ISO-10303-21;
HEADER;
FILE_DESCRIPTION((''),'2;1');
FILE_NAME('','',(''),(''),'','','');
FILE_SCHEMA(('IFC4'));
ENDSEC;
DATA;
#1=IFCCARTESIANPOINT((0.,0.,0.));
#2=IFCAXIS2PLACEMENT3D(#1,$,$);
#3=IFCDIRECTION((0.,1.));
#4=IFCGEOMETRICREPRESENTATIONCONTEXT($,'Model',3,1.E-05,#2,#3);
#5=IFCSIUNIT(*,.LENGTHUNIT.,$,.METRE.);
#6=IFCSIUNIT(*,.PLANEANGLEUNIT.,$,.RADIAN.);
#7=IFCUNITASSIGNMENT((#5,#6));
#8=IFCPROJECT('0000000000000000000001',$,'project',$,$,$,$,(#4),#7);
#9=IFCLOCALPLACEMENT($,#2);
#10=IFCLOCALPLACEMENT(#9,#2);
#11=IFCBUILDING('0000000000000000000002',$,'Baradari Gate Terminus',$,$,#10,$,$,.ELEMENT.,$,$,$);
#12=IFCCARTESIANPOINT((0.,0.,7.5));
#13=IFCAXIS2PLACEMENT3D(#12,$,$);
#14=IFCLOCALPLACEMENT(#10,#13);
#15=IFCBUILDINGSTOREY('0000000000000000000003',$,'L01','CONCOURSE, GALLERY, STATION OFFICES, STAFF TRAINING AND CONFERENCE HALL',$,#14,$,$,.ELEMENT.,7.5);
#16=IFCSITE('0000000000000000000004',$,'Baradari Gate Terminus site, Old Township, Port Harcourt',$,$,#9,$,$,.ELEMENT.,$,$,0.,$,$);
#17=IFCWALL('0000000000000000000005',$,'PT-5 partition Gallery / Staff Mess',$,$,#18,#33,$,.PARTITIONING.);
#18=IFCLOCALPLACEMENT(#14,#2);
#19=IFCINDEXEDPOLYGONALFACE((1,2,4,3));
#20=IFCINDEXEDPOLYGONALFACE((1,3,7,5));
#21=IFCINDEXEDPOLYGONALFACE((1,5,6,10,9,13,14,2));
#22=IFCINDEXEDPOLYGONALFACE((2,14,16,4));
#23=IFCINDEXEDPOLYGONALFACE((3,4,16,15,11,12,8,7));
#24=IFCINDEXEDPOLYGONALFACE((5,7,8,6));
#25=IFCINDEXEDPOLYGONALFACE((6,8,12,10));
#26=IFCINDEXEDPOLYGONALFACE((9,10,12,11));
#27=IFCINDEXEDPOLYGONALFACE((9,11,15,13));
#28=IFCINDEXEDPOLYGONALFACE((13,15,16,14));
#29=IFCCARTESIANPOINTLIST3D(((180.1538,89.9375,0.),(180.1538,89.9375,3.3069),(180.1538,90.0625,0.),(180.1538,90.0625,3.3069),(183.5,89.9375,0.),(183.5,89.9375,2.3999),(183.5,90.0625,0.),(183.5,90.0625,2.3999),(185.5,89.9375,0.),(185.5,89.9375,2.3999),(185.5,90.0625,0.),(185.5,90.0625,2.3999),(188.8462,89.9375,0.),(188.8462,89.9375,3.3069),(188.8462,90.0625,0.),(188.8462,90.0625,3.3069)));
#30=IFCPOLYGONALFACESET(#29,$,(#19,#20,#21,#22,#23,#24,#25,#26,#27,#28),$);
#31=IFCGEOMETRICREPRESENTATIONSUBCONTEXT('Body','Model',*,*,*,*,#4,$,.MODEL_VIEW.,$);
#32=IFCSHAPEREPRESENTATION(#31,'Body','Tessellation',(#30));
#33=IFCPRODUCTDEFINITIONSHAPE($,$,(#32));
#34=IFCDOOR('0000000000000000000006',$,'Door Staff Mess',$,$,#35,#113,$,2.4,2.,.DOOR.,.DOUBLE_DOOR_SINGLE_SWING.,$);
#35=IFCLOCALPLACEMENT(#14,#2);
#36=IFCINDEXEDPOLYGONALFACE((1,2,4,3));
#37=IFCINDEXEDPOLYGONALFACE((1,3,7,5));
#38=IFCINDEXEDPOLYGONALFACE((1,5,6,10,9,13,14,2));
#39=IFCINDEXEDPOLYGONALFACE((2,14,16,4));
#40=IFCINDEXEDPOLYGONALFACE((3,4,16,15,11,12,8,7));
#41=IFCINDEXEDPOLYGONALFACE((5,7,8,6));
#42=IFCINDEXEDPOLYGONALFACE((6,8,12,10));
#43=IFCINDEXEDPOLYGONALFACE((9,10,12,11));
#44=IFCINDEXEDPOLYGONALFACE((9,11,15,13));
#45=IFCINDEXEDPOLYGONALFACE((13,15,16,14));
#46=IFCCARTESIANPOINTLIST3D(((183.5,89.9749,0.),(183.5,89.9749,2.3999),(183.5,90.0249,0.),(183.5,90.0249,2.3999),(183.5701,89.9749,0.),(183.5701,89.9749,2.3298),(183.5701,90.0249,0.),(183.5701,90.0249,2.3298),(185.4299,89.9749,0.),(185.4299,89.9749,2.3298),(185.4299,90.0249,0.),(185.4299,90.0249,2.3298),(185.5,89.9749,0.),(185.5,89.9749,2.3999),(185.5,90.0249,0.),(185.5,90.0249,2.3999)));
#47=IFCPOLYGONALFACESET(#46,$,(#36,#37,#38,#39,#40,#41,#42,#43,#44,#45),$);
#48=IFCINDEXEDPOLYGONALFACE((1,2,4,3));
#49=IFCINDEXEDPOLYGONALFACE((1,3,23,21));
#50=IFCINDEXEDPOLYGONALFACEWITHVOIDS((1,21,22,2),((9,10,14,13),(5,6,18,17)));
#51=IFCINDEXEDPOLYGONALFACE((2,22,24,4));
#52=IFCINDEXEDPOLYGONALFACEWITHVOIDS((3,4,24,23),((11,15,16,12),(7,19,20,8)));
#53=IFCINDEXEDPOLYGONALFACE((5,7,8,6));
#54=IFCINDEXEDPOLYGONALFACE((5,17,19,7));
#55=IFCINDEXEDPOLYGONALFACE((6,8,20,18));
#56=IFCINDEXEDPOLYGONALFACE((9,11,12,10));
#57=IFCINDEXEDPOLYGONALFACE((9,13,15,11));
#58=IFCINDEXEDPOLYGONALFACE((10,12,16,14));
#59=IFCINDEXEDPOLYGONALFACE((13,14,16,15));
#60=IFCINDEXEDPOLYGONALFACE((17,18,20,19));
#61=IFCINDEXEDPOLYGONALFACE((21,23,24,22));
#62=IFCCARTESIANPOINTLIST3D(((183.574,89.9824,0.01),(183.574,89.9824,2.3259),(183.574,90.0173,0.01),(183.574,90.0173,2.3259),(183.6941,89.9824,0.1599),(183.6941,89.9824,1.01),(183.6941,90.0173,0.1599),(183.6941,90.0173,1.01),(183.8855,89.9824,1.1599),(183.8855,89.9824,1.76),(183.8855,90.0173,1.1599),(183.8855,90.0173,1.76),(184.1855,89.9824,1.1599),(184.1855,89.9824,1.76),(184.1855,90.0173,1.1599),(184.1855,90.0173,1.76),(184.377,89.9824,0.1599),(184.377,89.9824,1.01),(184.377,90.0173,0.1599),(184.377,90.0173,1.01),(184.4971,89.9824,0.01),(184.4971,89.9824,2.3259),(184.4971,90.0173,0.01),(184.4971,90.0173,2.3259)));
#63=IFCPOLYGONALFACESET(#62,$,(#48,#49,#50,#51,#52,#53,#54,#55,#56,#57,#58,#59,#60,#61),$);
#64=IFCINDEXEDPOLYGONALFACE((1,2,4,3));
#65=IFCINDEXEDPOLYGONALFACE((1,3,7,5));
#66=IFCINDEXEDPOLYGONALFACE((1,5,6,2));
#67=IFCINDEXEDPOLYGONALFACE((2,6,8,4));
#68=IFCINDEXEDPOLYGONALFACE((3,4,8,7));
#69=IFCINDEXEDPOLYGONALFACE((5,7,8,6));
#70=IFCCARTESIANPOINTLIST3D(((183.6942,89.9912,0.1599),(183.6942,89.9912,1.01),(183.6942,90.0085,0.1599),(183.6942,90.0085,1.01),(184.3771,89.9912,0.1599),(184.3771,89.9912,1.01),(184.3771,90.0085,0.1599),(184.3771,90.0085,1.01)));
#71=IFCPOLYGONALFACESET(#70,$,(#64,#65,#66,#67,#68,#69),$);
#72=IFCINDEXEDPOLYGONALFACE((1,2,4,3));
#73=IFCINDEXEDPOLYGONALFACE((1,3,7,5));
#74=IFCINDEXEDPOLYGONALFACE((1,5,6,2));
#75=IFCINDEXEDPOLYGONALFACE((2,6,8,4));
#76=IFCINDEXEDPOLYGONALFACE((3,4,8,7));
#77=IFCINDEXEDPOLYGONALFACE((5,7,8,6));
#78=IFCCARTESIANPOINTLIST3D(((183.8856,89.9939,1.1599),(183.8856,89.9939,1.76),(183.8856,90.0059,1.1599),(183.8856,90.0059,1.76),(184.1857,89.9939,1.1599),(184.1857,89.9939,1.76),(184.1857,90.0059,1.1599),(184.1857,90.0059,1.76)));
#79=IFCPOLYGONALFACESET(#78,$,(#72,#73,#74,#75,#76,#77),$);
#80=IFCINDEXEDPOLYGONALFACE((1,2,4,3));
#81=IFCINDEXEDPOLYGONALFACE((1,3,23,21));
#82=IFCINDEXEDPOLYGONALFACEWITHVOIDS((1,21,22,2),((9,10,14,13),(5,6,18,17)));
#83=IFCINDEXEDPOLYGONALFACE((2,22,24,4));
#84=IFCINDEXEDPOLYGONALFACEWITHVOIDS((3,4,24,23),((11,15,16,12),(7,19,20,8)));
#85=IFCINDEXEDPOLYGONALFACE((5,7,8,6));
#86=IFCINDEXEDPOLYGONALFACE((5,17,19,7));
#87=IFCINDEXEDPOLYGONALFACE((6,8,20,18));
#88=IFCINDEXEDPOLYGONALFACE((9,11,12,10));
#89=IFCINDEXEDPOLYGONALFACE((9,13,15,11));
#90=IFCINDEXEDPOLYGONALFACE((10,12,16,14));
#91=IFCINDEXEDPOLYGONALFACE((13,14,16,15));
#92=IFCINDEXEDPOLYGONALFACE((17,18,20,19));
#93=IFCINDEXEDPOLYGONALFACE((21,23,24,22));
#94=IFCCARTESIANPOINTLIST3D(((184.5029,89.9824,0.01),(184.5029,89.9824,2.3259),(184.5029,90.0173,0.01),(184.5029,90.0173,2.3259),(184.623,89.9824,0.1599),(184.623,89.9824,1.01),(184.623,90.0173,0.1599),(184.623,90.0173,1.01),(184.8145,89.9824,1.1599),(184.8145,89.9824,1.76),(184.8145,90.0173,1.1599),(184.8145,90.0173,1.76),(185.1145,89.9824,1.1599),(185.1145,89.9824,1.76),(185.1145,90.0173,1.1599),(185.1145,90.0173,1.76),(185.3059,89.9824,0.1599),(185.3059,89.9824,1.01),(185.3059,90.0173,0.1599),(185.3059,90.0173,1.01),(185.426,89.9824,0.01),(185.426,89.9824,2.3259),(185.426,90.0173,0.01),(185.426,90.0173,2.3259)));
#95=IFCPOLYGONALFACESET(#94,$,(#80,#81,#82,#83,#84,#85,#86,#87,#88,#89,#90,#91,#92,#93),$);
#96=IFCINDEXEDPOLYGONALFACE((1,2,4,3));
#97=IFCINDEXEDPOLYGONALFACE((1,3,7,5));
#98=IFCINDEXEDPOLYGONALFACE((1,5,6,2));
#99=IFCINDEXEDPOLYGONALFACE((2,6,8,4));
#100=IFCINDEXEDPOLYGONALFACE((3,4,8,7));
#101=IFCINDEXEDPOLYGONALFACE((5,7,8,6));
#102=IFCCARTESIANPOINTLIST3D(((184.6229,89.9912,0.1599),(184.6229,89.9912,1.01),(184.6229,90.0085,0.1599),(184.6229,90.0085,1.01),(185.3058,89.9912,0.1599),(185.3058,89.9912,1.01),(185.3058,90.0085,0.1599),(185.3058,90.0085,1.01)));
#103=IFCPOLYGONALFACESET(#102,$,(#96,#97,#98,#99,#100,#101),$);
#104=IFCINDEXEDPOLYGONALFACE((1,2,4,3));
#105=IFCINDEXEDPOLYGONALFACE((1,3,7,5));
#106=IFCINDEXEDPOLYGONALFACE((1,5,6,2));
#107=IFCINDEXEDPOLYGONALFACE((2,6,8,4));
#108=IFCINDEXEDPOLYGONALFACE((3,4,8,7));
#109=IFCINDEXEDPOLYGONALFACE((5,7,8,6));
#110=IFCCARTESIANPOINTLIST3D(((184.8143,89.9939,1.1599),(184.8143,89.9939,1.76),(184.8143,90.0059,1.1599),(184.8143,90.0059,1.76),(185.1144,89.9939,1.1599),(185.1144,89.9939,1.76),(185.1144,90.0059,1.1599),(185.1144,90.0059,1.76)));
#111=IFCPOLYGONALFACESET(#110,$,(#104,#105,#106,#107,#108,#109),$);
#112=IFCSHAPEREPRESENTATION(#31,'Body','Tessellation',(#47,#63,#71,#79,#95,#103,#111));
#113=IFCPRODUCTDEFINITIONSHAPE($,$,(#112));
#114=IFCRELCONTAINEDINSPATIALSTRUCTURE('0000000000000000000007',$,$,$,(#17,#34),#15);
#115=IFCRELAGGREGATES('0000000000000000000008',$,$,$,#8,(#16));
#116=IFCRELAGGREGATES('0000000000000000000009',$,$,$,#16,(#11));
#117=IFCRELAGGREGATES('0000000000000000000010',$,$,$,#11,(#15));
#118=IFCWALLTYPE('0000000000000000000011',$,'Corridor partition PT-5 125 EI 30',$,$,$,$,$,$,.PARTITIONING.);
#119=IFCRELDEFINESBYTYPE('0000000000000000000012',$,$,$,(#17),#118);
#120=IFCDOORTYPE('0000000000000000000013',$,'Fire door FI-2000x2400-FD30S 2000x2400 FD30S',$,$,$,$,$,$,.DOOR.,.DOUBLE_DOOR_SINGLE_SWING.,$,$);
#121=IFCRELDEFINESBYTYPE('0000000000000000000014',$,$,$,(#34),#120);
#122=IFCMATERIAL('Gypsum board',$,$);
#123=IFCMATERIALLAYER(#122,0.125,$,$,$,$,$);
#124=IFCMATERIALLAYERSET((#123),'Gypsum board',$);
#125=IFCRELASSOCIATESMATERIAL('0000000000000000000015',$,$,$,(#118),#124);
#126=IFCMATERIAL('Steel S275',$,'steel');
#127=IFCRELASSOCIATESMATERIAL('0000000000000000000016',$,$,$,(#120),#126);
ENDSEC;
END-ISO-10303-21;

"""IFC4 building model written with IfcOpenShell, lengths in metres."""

from ifc_helpers import new_model, si_unit, direction, frame, frame_2d, origin, place, context, subcontext, project, spatial, polyline, rectangle, outline, extrude, material, layer, layer_set, type_object, element, fill, save


model = new_model("IFC4")

# Units and contexts
model_context = context("Model", 3, precision=1e-05, world=origin(), true_north=direction((0.0, 1.0)))
body_context = subcontext(model_context, "Body", "Model", "MODEL_VIEW")
ifc_project = project(units=[si_unit("LENGTHUNIT", "METRE"), si_unit("PLANEANGLEUNIT", "RADIAN")], contexts=[model_context])

# Site, building, storey
site_placement = place(None, origin())
site = spatial("IfcSite", under=ifc_project, at=site_placement, Name="Baradari Gate Terminus site, Old Township, Port Harcourt", CompositionType="ELEMENT", RefElevation=0.0)
building_placement = place(site_placement, origin())
building = spatial("IfcBuilding", under=site, at=building_placement, Name="Baradari Gate Terminus", CompositionType="ELEMENT")
storey_placement = place(building_placement, frame((0.0, 0.0, 7.5)))
storey = spatial("IfcBuildingStorey", under=building, at=storey_placement, Name="L01", Description="CONCOURSE, GALLERY, STATION OFFICES, STAFF TRAINING AND CONFERENCE HALL", CompositionType="ELEMENT", Elevation=7.5)

# Wall, opening, door
ifc_material_1 = material(Name="Gypsum board")
ifc_layer = layer(ifc_material_1, 0.125)
ifc_layer_set = layer_set([ifc_layer], Name="Gypsum board")
wall_type = type_object("IfcWallType", Name="Corridor partition PT-5 125 EI 30", PredefinedType="PARTITIONING", material=ifc_layer_set)
wall_1_placement = place(storey_placement, frame((180.1538, 90.0, 0.0), z_axis=(0.0, 0.0, 1.0), x_axis=(1.0, 0.0, 0.0)))
wall_1 = element("IfcWall", 1, at=wall_1_placement, inside=storey, type_object=wall_type, Name="PT-5 partition Gallery / Staff Mess", PredefinedType="PARTITIONING", context=body_context, shape_type="SweptSolid", body=[
    extrude(rectangle(XDim=8.6924, YDim=0.125, at=frame_2d((4.3462, 0.0))), origin(), (0.0, 0.0, 1.0), 3.3069),
])
opening_1_placement = place(wall_1_placement, frame((3.3462, 0.0, 0.0)))
opening_1 = element("IfcOpeningElement", 2, at=opening_1_placement, cuts=wall_1, PredefinedType="OPENING", context=body_context, shape_type="SweptSolid", body=[
    extrude(rectangle(XDim=2.0, YDim=2.3999, at=frame_2d((1.0, 1.2))), frame((0.0, 0.0725, 0.0), z_axis=(0.0, -1.0, 0.0), x_axis=(1.0, 0.0, 0.0)), (0.0, 0.0, 1.0), 0.145),
])
ifc_material_2 = material(Name="Steel S275", Category="steel")
door_type_1 = type_object("IfcDoorType", Name="Fire door FI-2000x2400-FD30S 2000x2400 FD30S", OperationType="DOUBLE_DOOR_SINGLE_SWING", PredefinedType="DOOR", material=ifc_material_2)
door_1_placement = place(opening_1_placement, origin())
door_1 = element("IfcDoor", 3, at=door_1_placement, inside=storey, type_object=door_type_1, Name="Door Staff Mess", OperationType="DOUBLE_DOOR_SINGLE_SWING", OverallHeight=2.4, OverallWidth=2.0, PredefinedType="DOOR", context=body_context, shape_type="SweptSolid", body=[
    extrude(outline(polyline([(0.0, 0.0), (0.0701, 0.0), (0.0701, 2.3298), (1.9299, 2.3298), (1.9299, 0.0), (2.0, 0.0), (2.0, 2.3999), (0.0, 2.3999), (0.0, 0.0)])), frame((0.0, 0.0249, 0.0), z_axis=(0.0, -1.0, 0.0), x_axis=(1.0, 0.0, 0.0)), (0.0, 0.0, 1.0), 0.05),
    extrude(outline(polyline([(0.074, 0.01), (0.9971, 0.01), (0.9971, 2.3259), (0.074, 2.3259), (0.074, 0.01)]), holes=[polyline([(0.1941, 0.1599), (0.877, 0.1599), (0.877, 1.01), (0.1941, 1.01), (0.1941, 0.1599)]), polyline([(0.3855, 1.1599), (0.6855, 1.1599), (0.6855, 1.76), (0.3855, 1.76), (0.3855, 1.1599)])]), frame((0.0, 0.0173, 0.0), z_axis=(0.0, -1.0, 0.0), x_axis=(1.0, 0.0, 0.0)), (0.0, 0.0, 1.0), 0.0349),
    extrude(rectangle(XDim=0.6829, YDim=0.8501, at=frame_2d((0.5356, 0.585))), frame((0.0, 0.0085, 0.0), z_axis=(0.0, -1.0, 0.0), x_axis=(1.0, 0.0, 0.0)), (0.0, 0.0, 1.0), 0.0173),
    extrude(rectangle(XDim=0.3, YDim=0.6001, at=frame_2d((0.5356, 1.46))), frame((0.0, 0.0059, 0.0), z_axis=(0.0, -1.0, 0.0), x_axis=(1.0, 0.0, 0.0)), (0.0, 0.0, 1.0), 0.012),
    extrude(outline(polyline([(1.0029, 0.01), (1.926, 0.01), (1.926, 2.3259), (1.0029, 2.3259), (1.0029, 0.01)]), holes=[polyline([(1.123, 0.1599), (1.8059, 0.1599), (1.8059, 1.01), (1.123, 1.01), (1.123, 0.1599)]), polyline([(1.3145, 1.1599), (1.6145, 1.1599), (1.6145, 1.76), (1.3145, 1.76), (1.3145, 1.1599)])]), frame((0.0, 0.0173, 0.0), z_axis=(0.0, -1.0, 0.0), x_axis=(1.0, 0.0, 0.0)), (0.0, 0.0, 1.0), 0.0349),
    extrude(rectangle(XDim=0.6829, YDim=0.8501, at=frame_2d((1.4644, 0.585))), frame((0.0, 0.0085, 0.0), z_axis=(0.0, -1.0, 0.0), x_axis=(1.0, 0.0, 0.0)), (0.0, 0.0, 1.0), 0.0173),
    extrude(rectangle(XDim=0.3, YDim=0.6001, at=frame_2d((1.4644, 1.46))), frame((0.0, 0.0059, 0.0), z_axis=(0.0, -1.0, 0.0), x_axis=(1.0, 0.0, 0.0)), (0.0, 0.0, 1.0), 0.012),
])
fill(opening_1, door_1)

save(model, "model.ifc")
